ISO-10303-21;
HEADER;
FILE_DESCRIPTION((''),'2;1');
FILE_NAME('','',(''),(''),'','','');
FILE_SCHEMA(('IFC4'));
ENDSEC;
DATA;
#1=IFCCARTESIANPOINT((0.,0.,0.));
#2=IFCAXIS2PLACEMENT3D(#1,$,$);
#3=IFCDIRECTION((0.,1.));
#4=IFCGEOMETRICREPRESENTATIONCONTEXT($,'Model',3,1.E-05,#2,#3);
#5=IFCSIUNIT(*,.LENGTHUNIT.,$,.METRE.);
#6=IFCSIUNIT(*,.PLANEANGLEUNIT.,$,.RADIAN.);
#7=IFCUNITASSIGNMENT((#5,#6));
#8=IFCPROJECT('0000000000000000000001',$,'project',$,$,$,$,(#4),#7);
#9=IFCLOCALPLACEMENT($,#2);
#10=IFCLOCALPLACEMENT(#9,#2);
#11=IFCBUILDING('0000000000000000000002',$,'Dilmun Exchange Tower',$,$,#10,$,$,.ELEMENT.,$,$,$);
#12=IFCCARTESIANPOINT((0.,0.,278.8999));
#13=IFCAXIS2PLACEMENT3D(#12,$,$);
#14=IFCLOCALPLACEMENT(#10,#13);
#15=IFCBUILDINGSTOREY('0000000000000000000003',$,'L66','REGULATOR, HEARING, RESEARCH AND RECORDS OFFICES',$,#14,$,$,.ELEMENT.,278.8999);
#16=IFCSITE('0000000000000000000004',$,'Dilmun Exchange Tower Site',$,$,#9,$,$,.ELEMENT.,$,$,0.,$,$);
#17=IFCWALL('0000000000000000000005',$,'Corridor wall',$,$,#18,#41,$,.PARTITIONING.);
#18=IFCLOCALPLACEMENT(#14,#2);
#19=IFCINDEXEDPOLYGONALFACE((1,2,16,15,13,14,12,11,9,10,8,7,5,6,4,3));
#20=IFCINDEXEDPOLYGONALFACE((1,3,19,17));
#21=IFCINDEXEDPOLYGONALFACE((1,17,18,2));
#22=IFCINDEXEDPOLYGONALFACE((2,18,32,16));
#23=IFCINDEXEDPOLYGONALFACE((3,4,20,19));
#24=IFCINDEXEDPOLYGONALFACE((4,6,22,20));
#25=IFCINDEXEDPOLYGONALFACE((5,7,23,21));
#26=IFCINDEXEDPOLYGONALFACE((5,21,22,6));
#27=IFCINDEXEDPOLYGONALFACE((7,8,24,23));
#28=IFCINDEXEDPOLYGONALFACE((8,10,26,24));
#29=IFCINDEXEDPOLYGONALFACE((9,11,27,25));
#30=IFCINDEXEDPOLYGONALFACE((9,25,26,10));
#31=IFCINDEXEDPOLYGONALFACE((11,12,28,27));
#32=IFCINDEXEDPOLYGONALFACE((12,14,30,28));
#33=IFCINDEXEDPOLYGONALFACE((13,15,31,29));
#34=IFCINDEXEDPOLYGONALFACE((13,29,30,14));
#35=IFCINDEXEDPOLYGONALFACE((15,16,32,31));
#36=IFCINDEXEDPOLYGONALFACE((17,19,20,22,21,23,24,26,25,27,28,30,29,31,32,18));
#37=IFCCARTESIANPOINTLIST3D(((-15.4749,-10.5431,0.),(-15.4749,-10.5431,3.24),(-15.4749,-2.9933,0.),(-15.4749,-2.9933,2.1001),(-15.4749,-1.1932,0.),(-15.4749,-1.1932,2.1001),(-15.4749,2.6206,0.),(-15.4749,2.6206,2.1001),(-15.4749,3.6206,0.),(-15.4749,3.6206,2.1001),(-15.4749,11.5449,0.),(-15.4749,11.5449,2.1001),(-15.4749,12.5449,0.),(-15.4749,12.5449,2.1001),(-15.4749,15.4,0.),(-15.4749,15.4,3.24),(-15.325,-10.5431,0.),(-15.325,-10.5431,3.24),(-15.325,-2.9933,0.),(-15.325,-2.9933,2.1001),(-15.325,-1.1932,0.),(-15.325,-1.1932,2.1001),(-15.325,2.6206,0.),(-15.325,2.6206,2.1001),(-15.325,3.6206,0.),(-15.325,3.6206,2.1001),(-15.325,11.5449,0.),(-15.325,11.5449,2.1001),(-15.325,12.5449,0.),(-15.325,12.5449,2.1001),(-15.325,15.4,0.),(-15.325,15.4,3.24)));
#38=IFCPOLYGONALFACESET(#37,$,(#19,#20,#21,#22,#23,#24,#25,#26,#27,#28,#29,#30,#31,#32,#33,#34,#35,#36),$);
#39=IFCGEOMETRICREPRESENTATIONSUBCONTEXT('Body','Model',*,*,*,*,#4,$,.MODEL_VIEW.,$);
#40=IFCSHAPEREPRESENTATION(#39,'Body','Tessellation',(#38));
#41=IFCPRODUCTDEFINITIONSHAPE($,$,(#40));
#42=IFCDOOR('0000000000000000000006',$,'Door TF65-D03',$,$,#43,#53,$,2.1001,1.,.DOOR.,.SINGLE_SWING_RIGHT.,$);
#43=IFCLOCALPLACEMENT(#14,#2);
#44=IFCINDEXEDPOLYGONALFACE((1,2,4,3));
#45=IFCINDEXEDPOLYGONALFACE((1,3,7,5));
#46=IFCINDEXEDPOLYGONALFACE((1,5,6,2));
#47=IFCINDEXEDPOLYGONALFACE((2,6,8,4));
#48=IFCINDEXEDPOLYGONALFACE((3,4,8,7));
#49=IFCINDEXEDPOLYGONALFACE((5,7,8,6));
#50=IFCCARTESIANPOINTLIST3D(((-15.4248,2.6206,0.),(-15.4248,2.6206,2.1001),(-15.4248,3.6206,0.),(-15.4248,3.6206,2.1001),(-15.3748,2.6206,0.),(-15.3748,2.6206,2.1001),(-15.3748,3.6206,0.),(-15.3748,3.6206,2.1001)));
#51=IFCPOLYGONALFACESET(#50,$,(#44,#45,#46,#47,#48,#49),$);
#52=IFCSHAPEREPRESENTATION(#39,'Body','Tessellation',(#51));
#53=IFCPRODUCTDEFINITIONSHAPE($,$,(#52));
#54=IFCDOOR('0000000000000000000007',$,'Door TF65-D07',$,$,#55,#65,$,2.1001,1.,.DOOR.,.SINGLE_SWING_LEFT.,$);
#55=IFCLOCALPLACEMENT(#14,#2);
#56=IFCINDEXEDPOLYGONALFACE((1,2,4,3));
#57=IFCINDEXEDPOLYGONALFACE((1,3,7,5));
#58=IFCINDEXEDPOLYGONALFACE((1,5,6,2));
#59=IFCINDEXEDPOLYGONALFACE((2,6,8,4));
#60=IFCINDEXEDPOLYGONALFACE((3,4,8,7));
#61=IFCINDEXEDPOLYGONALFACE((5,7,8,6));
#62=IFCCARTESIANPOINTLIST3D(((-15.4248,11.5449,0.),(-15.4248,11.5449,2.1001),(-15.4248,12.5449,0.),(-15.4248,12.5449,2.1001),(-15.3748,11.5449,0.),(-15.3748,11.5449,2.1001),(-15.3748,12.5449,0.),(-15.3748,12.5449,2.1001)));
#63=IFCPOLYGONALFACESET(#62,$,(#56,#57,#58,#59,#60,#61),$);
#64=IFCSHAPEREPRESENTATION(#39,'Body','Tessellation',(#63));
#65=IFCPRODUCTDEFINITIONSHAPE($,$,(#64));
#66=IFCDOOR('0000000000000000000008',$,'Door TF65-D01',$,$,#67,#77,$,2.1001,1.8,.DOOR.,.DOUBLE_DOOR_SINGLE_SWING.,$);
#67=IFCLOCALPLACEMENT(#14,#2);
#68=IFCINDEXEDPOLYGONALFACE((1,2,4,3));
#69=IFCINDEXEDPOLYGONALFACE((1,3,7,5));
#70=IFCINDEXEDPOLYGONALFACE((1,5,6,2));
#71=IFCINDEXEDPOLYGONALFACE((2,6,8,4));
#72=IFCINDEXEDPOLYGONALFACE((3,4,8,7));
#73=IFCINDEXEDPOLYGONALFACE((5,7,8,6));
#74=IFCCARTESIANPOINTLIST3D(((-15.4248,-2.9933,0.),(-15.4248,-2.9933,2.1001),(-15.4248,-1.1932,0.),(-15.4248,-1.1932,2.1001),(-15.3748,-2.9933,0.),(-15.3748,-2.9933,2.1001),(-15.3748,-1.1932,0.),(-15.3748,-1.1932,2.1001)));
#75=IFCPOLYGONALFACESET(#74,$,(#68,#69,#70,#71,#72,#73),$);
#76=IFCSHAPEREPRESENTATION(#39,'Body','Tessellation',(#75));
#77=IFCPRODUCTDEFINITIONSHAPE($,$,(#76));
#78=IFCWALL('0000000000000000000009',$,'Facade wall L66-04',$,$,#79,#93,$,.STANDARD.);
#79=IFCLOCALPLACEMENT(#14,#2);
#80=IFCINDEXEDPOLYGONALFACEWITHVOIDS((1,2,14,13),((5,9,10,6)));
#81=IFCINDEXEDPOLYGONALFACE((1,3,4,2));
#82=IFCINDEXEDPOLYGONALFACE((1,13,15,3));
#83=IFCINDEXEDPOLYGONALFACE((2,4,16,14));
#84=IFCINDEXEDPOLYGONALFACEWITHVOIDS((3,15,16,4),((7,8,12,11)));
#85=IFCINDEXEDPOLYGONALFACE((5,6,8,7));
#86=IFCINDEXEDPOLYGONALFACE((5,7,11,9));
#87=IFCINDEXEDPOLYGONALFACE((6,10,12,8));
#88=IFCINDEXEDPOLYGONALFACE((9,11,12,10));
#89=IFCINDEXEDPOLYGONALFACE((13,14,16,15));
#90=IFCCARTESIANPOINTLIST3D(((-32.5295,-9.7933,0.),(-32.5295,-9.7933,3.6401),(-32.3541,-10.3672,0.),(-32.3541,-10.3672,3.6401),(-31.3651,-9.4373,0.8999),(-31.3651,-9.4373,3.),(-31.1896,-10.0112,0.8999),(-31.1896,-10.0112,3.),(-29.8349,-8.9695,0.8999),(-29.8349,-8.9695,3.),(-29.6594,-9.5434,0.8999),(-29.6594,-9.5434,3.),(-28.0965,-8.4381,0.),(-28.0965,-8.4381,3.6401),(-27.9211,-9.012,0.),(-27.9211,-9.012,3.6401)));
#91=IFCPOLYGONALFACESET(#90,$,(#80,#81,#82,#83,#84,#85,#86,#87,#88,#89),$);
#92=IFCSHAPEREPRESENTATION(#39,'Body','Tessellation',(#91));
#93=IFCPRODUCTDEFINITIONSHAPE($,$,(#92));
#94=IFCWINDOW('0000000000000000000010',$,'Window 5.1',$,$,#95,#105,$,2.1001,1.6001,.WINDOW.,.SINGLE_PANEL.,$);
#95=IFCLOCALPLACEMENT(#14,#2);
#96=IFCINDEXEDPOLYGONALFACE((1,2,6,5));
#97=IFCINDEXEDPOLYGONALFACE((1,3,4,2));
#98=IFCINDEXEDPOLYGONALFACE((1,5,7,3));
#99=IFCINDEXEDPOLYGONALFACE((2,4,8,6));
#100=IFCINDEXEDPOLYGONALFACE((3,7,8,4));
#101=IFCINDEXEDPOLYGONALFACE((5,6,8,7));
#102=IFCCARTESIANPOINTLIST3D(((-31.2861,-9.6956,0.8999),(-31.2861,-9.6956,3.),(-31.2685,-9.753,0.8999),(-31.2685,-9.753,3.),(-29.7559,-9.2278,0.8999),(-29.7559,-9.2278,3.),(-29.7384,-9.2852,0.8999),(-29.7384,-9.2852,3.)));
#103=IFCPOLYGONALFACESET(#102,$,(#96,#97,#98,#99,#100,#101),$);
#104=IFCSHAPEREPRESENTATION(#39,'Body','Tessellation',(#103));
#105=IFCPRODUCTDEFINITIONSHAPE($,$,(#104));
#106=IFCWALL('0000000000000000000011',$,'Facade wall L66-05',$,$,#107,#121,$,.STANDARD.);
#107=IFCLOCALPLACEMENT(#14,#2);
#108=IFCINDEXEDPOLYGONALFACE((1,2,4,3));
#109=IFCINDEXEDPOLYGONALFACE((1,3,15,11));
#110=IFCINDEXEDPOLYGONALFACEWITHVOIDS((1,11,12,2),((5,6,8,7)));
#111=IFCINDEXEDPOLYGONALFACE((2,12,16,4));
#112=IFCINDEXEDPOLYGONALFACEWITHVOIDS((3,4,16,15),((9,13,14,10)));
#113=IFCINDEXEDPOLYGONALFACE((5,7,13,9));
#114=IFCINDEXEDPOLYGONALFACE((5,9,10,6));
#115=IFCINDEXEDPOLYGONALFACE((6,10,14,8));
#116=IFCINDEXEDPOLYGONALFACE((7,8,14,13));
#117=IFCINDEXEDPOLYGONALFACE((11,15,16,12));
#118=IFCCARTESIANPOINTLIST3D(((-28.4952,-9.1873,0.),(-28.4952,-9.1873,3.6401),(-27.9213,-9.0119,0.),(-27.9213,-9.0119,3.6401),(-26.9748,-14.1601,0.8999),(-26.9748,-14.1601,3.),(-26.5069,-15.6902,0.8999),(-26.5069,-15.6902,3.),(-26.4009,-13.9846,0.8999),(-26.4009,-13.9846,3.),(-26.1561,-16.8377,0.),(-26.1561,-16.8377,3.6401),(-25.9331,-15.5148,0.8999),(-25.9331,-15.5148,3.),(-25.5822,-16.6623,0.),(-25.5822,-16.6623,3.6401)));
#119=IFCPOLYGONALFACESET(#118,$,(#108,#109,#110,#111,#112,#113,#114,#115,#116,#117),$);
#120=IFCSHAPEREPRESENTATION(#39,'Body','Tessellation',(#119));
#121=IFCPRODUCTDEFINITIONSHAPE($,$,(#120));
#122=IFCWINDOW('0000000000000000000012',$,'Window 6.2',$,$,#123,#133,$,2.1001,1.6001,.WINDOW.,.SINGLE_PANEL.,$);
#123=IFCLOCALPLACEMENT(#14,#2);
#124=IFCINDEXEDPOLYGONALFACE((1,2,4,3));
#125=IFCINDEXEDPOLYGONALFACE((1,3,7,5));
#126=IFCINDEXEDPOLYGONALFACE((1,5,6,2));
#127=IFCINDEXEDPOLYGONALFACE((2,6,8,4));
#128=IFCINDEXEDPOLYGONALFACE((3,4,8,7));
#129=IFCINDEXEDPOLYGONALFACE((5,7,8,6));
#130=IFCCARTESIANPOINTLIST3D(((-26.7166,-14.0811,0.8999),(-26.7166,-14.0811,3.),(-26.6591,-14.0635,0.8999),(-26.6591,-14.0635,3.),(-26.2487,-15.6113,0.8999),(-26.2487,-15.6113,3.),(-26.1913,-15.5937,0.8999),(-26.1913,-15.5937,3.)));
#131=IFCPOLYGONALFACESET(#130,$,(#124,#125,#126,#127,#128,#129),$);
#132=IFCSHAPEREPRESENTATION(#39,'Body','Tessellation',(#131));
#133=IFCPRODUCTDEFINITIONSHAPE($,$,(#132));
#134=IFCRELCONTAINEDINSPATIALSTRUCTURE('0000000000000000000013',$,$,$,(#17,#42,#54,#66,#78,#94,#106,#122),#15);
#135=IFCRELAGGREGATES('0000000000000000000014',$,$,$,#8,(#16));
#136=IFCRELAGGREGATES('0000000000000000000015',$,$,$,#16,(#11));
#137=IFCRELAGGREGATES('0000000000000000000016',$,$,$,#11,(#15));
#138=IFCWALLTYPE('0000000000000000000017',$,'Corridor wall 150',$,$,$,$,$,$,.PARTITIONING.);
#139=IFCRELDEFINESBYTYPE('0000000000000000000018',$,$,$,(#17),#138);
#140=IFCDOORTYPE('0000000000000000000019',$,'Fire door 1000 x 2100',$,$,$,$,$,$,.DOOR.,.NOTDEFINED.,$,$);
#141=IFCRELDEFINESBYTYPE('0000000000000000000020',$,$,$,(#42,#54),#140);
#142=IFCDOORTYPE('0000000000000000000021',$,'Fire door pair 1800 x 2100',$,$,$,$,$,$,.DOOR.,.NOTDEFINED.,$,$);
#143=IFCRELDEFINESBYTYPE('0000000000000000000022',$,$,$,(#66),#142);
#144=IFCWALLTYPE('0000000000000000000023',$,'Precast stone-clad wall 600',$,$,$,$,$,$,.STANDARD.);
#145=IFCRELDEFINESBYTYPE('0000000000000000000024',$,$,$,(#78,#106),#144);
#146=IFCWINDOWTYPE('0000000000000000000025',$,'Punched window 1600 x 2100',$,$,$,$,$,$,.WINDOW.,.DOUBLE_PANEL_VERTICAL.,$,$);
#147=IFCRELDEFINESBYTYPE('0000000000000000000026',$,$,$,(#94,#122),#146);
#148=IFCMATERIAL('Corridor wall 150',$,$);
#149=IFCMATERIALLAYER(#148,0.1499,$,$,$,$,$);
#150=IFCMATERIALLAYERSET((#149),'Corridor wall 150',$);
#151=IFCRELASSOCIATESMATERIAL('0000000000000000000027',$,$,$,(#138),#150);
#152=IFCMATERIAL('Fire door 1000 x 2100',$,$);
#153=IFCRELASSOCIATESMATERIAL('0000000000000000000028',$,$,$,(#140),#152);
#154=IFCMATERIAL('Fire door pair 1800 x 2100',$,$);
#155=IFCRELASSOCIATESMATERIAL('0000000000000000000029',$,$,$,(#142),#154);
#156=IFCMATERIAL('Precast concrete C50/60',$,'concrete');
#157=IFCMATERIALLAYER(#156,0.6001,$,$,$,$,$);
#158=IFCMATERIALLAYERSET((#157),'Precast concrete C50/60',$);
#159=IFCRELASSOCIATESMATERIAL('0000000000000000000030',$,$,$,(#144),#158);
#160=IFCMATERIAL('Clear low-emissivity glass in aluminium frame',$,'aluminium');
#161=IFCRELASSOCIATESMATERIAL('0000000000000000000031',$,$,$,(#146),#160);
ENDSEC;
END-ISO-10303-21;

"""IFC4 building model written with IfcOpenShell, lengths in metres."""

from ifc_helpers import new_model, si_unit, direction, frame, frame_2d, origin, place, context, subcontext, project, spatial, rectangle, extrude, material, layer, layer_set, type_object, element, fill, save


model = new_model("IFC4")

# Units and contexts
model_context = context("Model", 3, precision=1e-05, world=origin(), true_north=direction((0.0, 1.0)))
body_context = subcontext(model_context, "Body", "Model", "MODEL_VIEW")
ifc_project = project(units=[si_unit("LENGTHUNIT", "METRE"), si_unit("PLANEANGLEUNIT", "RADIAN")], contexts=[model_context])

# Site, building, storey
site_placement = place(None, origin())
site = spatial("IfcSite", under=ifc_project, at=site_placement, Name="Dilmun Exchange Tower Site", CompositionType="ELEMENT", RefElevation=0.0)
building_placement = place(site_placement, origin())
building = spatial("IfcBuilding", under=site, at=building_placement, Name="Dilmun Exchange Tower", CompositionType="ELEMENT")
storey_placement = place(building_placement, frame((0.0, 0.0, 278.8999)))
storey = spatial("IfcBuildingStorey", under=building, at=storey_placement, Name="L66", Description="REGULATOR, HEARING, RESEARCH AND RECORDS OFFICES", CompositionType="ELEMENT", Elevation=278.8999)

# Shared definitions
ifc_material_1 = material(Name="Corridor wall 150")
ifc_layer_1 = layer(ifc_material_1, 0.1499)
ifc_layer_set_1 = layer_set([ifc_layer_1], Name="Corridor wall 150")
wall_type_1 = type_object("IfcWallType", Name="Corridor wall 150", PredefinedType="PARTITIONING", material=ifc_layer_set_1)

# Shared definitions
ifc_material_2 = material(Name="Fire door 1000 x 2100")
door_type_1 = type_object("IfcDoorType", Name="Fire door 1000 x 2100", OperationType="NOTDEFINED", PredefinedType="DOOR", material=ifc_material_2)

# Wall, openings, doors
wall_1_placement = place(storey_placement, frame((-15.3999, -10.5432, 0.0), z_axis=(0.0, 0.0, 1.0), x_axis=(0.0, 1.0, 0.0)))
wall_1 = element("IfcWall", 1, at=wall_1_placement, inside=storey, type_object=wall_type_1, Name="Corridor wall", PredefinedType="PARTITIONING", context=body_context, shape_type="SweptSolid", body=[
    extrude(rectangle(XDim=25.9431, YDim=0.1499, at=frame_2d((12.9717, 0.0))), origin(), (0.0, 0.0, 1.0), 3.24),
])
opening_1_placement = place(wall_1_placement, frame((7.55, 0.0, 0.0)))
opening_1 = element("IfcOpeningElement", 2, at=opening_1_placement, cuts=wall_1, PredefinedType="OPENING", context=body_context, shape_type="SweptSolid", body=[
    extrude(rectangle(XDim=1.8, YDim=2.1001, at=frame_2d((0.8999, 1.05))), frame((0.0, 0.085, 0.0), z_axis=(0.0, -1.0, 0.0), x_axis=(1.0, 0.0, 0.0)), (0.0, 0.0, 1.0), 0.1699),
])
opening_2_placement = place(wall_1_placement, frame((13.1638, 0.0, 0.0)))
opening_2 = element("IfcOpeningElement", 3, at=opening_2_placement, cuts=wall_1, PredefinedType="OPENING", context=body_context, shape_type="SweptSolid", body=[
    extrude(rectangle(XDim=1.0, YDim=2.1001, at=frame_2d((0.5, 1.05))), frame((0.0, 0.085, 0.0), z_axis=(0.0, -1.0, 0.0), x_axis=(1.0, 0.0, 0.0)), (0.0, 0.0, 1.0), 0.1699),
])
opening_3_placement = place(wall_1_placement, frame((22.0881, 0.0, 0.0)))
opening_3 = element("IfcOpeningElement", 4, at=opening_3_placement, cuts=wall_1, PredefinedType="OPENING", context=body_context, shape_type="SweptSolid", body=[
    extrude(rectangle(XDim=1.0, YDim=2.1001, at=frame_2d((0.5, 1.05))), frame((0.0, 0.085, 0.0), z_axis=(0.0, -1.0, 0.0), x_axis=(1.0, 0.0, 0.0)), (0.0, 0.0, 1.0), 0.1699),
])
door_1_placement = place(opening_2_placement, origin())
door_1 = element("IfcDoor", 5, at=door_1_placement, inside=storey, type_object=door_type_1, Name="Door TF65-D03", OperationType="SINGLE_SWING_RIGHT", OverallHeight=2.1001, OverallWidth=1.0, PredefinedType="DOOR", context=body_context, shape_type="SweptSolid", body=[
    extrude(rectangle(XDim=1.0, YDim=2.1001, at=frame_2d((0.5, 1.05))), frame((0.0, 0.0249, 0.0), z_axis=(0.0, -1.0, 0.0), x_axis=(1.0, 0.0, 0.0)), (0.0, 0.0, 1.0), 0.05),
])
fill(opening_2, door_1)
door_2_placement = place(opening_3_placement, origin())
door_2 = element("IfcDoor", 6, at=door_2_placement, inside=storey, type_object=door_type_1, Name="Door TF65-D07", OperationType="SINGLE_SWING_LEFT", OverallHeight=2.1001, OverallWidth=1.0, PredefinedType="DOOR", context=body_context, shape_type="SweptSolid", body=[
    extrude(rectangle(XDim=1.0, YDim=2.1001, at=frame_2d((0.5, 1.05))), frame((0.0, 0.0249, 0.0), z_axis=(0.0, -1.0, 0.0), x_axis=(1.0, 0.0, 0.0)), (0.0, 0.0, 1.0), 0.05),
])
fill(opening_3, door_2)
ifc_material_3 = material(Name="Fire door pair 1800 x 2100")
door_type_2 = type_object("IfcDoorType", Name="Fire door pair 1800 x 2100", OperationType="NOTDEFINED", PredefinedType="DOOR", material=ifc_material_3)
door_3_placement = place(opening_1_placement, origin())
door_3 = element("IfcDoor", 7, at=door_3_placement, inside=storey, type_object=door_type_2, Name="Door TF65-D01", OperationType="DOUBLE_DOOR_SINGLE_SWING", OverallHeight=2.1001, OverallWidth=1.8, PredefinedType="DOOR", context=body_context, shape_type="SweptSolid", body=[
    extrude(rectangle(XDim=1.8, YDim=2.1001, at=frame_2d((0.8999, 1.05))), frame((0.0, 0.0249, 0.0), z_axis=(0.0, -1.0, 0.0), x_axis=(1.0, 0.0, 0.0)), (0.0, 0.0, 1.0), 0.05),
])
fill(opening_1, door_3)

# Walls, openings, windows
ifc_material_4 = material(Name="Precast concrete C50/60", Category="concrete")
ifc_layer_2 = layer(ifc_material_4, 0.6001)
ifc_layer_set_2 = layer_set([ifc_layer_2], Name="Precast concrete C50/60")
wall_type_2 = type_object("IfcWallType", Name="Precast stone-clad wall 600", PredefinedType="STANDARD", material=ifc_layer_set_2)
wall_2_placement = place(storey_placement, frame((-32.4419, -10.0803, 0.0), z_axis=(0.0, 0.0, 1.0), x_axis=(0.956307, 0.292364, 0.0)))
wall_2 = element("IfcWall", 8, at=wall_2_placement, inside=storey, type_object=wall_type_2, Name="Facade wall L66-04", PredefinedType="STANDARD", context=body_context, shape_type="SweptSolid", body=[
    extrude(rectangle(XDim=4.6355, YDim=0.6001, at=frame_2d((2.3179, 0.0))), origin(), (0.0, 0.0, 1.0), 3.6401),
])
opening_4_placement = place(wall_2_placement, frame((1.2178, 0.0, 0.8999)))
opening_4 = element("IfcOpeningElement", 9, at=opening_4_placement, cuts=wall_2, PredefinedType="OPENING", context=body_context, shape_type="SweptSolid", body=[
    extrude(rectangle(XDim=1.6001, YDim=2.1001, at=frame_2d((0.8, 1.05))), frame((0.0, 0.3101, 0.0), z_axis=(0.0, -1.0, 0.0), x_axis=(1.0, 0.0, 0.0)), (0.0, 0.0, 1.0), 0.6201),
])
ifc_material_5 = material(Name="Clear low-emissivity glass in aluminium frame", Category="aluminium")
window_type = type_object("IfcWindowType", Name="Punched window 1600 x 2100", PartitioningType="DOUBLE_PANEL_VERTICAL", PredefinedType="WINDOW", material=ifc_material_5)
window_1_placement = place(opening_4_placement, origin())
window_1 = element("IfcWindow", 10, at=window_1_placement, inside=storey, type_object=window_type, Name="Window 5.1", OverallHeight=2.1001, OverallWidth=1.6001, PartitioningType="SINGLE_PANEL", PredefinedType="WINDOW", context=body_context, shape_type="SweptSolid", body=[
    extrude(rectangle(XDim=1.6001, YDim=2.1001, at=frame_2d((0.8, 1.05))), frame((0.0, 0.03, 0.0), z_axis=(0.0, -1.0, 0.0), x_axis=(1.0, 0.0, 0.0)), (0.0, 0.0, 1.0), 0.0601),
])
fill(opening_4, window_1)
wall_3_placement = place(storey_placement, frame((-28.2083, -9.0996, 0.0), z_axis=(0.0, 0.0, 1.0), x_axis=(0.292389, -0.956299, 0.0)))
wall_3 = element("IfcWall", 11, at=wall_3_placement, inside=storey, type_object=wall_type_2, Name="Facade wall L66-05", PredefinedType="STANDARD", context=body_context, shape_type="SweptSolid", body=[
    extrude(rectangle(XDim=8.0, YDim=0.6001, at=frame_2d((4.0, 0.0))), origin(), (0.0, 0.0, 1.0), 3.6401),
])
opening_5_placement = place(wall_3_placement, frame((5.2, 0.0, 0.8999)))
opening_5 = element("IfcOpeningElement", 12, at=opening_5_placement, cuts=wall_3, PredefinedType="OPENING", context=body_context, shape_type="SweptSolid", body=[
    extrude(rectangle(XDim=1.6001, YDim=2.1001, at=frame_2d((0.8, 1.05))), frame((0.0, 0.3101, 0.0), z_axis=(0.0, -1.0, 0.0), x_axis=(1.0, 0.0, 0.0)), (0.0, 0.0, 1.0), 0.6201),
])
window_2_placement = place(opening_5_placement, origin())
window_2 = element("IfcWindow", 13, at=window_2_placement, inside=storey, type_object=window_type, Name="Window 6.2", OverallHeight=2.1001, OverallWidth=1.6001, PartitioningType="SINGLE_PANEL", PredefinedType="WINDOW", context=body_context, shape_type="SweptSolid", body=[
    extrude(rectangle(XDim=1.6001, YDim=2.1001, at=frame_2d((0.8, 1.05))), frame((0.0, 0.03, 0.0), z_axis=(0.0, -1.0, 0.0), x_axis=(1.0, 0.0, 0.0)), (0.0, 0.0, 1.0), 0.0601),
])
fill(opening_5, window_2)

save(model, "model.ifc")
